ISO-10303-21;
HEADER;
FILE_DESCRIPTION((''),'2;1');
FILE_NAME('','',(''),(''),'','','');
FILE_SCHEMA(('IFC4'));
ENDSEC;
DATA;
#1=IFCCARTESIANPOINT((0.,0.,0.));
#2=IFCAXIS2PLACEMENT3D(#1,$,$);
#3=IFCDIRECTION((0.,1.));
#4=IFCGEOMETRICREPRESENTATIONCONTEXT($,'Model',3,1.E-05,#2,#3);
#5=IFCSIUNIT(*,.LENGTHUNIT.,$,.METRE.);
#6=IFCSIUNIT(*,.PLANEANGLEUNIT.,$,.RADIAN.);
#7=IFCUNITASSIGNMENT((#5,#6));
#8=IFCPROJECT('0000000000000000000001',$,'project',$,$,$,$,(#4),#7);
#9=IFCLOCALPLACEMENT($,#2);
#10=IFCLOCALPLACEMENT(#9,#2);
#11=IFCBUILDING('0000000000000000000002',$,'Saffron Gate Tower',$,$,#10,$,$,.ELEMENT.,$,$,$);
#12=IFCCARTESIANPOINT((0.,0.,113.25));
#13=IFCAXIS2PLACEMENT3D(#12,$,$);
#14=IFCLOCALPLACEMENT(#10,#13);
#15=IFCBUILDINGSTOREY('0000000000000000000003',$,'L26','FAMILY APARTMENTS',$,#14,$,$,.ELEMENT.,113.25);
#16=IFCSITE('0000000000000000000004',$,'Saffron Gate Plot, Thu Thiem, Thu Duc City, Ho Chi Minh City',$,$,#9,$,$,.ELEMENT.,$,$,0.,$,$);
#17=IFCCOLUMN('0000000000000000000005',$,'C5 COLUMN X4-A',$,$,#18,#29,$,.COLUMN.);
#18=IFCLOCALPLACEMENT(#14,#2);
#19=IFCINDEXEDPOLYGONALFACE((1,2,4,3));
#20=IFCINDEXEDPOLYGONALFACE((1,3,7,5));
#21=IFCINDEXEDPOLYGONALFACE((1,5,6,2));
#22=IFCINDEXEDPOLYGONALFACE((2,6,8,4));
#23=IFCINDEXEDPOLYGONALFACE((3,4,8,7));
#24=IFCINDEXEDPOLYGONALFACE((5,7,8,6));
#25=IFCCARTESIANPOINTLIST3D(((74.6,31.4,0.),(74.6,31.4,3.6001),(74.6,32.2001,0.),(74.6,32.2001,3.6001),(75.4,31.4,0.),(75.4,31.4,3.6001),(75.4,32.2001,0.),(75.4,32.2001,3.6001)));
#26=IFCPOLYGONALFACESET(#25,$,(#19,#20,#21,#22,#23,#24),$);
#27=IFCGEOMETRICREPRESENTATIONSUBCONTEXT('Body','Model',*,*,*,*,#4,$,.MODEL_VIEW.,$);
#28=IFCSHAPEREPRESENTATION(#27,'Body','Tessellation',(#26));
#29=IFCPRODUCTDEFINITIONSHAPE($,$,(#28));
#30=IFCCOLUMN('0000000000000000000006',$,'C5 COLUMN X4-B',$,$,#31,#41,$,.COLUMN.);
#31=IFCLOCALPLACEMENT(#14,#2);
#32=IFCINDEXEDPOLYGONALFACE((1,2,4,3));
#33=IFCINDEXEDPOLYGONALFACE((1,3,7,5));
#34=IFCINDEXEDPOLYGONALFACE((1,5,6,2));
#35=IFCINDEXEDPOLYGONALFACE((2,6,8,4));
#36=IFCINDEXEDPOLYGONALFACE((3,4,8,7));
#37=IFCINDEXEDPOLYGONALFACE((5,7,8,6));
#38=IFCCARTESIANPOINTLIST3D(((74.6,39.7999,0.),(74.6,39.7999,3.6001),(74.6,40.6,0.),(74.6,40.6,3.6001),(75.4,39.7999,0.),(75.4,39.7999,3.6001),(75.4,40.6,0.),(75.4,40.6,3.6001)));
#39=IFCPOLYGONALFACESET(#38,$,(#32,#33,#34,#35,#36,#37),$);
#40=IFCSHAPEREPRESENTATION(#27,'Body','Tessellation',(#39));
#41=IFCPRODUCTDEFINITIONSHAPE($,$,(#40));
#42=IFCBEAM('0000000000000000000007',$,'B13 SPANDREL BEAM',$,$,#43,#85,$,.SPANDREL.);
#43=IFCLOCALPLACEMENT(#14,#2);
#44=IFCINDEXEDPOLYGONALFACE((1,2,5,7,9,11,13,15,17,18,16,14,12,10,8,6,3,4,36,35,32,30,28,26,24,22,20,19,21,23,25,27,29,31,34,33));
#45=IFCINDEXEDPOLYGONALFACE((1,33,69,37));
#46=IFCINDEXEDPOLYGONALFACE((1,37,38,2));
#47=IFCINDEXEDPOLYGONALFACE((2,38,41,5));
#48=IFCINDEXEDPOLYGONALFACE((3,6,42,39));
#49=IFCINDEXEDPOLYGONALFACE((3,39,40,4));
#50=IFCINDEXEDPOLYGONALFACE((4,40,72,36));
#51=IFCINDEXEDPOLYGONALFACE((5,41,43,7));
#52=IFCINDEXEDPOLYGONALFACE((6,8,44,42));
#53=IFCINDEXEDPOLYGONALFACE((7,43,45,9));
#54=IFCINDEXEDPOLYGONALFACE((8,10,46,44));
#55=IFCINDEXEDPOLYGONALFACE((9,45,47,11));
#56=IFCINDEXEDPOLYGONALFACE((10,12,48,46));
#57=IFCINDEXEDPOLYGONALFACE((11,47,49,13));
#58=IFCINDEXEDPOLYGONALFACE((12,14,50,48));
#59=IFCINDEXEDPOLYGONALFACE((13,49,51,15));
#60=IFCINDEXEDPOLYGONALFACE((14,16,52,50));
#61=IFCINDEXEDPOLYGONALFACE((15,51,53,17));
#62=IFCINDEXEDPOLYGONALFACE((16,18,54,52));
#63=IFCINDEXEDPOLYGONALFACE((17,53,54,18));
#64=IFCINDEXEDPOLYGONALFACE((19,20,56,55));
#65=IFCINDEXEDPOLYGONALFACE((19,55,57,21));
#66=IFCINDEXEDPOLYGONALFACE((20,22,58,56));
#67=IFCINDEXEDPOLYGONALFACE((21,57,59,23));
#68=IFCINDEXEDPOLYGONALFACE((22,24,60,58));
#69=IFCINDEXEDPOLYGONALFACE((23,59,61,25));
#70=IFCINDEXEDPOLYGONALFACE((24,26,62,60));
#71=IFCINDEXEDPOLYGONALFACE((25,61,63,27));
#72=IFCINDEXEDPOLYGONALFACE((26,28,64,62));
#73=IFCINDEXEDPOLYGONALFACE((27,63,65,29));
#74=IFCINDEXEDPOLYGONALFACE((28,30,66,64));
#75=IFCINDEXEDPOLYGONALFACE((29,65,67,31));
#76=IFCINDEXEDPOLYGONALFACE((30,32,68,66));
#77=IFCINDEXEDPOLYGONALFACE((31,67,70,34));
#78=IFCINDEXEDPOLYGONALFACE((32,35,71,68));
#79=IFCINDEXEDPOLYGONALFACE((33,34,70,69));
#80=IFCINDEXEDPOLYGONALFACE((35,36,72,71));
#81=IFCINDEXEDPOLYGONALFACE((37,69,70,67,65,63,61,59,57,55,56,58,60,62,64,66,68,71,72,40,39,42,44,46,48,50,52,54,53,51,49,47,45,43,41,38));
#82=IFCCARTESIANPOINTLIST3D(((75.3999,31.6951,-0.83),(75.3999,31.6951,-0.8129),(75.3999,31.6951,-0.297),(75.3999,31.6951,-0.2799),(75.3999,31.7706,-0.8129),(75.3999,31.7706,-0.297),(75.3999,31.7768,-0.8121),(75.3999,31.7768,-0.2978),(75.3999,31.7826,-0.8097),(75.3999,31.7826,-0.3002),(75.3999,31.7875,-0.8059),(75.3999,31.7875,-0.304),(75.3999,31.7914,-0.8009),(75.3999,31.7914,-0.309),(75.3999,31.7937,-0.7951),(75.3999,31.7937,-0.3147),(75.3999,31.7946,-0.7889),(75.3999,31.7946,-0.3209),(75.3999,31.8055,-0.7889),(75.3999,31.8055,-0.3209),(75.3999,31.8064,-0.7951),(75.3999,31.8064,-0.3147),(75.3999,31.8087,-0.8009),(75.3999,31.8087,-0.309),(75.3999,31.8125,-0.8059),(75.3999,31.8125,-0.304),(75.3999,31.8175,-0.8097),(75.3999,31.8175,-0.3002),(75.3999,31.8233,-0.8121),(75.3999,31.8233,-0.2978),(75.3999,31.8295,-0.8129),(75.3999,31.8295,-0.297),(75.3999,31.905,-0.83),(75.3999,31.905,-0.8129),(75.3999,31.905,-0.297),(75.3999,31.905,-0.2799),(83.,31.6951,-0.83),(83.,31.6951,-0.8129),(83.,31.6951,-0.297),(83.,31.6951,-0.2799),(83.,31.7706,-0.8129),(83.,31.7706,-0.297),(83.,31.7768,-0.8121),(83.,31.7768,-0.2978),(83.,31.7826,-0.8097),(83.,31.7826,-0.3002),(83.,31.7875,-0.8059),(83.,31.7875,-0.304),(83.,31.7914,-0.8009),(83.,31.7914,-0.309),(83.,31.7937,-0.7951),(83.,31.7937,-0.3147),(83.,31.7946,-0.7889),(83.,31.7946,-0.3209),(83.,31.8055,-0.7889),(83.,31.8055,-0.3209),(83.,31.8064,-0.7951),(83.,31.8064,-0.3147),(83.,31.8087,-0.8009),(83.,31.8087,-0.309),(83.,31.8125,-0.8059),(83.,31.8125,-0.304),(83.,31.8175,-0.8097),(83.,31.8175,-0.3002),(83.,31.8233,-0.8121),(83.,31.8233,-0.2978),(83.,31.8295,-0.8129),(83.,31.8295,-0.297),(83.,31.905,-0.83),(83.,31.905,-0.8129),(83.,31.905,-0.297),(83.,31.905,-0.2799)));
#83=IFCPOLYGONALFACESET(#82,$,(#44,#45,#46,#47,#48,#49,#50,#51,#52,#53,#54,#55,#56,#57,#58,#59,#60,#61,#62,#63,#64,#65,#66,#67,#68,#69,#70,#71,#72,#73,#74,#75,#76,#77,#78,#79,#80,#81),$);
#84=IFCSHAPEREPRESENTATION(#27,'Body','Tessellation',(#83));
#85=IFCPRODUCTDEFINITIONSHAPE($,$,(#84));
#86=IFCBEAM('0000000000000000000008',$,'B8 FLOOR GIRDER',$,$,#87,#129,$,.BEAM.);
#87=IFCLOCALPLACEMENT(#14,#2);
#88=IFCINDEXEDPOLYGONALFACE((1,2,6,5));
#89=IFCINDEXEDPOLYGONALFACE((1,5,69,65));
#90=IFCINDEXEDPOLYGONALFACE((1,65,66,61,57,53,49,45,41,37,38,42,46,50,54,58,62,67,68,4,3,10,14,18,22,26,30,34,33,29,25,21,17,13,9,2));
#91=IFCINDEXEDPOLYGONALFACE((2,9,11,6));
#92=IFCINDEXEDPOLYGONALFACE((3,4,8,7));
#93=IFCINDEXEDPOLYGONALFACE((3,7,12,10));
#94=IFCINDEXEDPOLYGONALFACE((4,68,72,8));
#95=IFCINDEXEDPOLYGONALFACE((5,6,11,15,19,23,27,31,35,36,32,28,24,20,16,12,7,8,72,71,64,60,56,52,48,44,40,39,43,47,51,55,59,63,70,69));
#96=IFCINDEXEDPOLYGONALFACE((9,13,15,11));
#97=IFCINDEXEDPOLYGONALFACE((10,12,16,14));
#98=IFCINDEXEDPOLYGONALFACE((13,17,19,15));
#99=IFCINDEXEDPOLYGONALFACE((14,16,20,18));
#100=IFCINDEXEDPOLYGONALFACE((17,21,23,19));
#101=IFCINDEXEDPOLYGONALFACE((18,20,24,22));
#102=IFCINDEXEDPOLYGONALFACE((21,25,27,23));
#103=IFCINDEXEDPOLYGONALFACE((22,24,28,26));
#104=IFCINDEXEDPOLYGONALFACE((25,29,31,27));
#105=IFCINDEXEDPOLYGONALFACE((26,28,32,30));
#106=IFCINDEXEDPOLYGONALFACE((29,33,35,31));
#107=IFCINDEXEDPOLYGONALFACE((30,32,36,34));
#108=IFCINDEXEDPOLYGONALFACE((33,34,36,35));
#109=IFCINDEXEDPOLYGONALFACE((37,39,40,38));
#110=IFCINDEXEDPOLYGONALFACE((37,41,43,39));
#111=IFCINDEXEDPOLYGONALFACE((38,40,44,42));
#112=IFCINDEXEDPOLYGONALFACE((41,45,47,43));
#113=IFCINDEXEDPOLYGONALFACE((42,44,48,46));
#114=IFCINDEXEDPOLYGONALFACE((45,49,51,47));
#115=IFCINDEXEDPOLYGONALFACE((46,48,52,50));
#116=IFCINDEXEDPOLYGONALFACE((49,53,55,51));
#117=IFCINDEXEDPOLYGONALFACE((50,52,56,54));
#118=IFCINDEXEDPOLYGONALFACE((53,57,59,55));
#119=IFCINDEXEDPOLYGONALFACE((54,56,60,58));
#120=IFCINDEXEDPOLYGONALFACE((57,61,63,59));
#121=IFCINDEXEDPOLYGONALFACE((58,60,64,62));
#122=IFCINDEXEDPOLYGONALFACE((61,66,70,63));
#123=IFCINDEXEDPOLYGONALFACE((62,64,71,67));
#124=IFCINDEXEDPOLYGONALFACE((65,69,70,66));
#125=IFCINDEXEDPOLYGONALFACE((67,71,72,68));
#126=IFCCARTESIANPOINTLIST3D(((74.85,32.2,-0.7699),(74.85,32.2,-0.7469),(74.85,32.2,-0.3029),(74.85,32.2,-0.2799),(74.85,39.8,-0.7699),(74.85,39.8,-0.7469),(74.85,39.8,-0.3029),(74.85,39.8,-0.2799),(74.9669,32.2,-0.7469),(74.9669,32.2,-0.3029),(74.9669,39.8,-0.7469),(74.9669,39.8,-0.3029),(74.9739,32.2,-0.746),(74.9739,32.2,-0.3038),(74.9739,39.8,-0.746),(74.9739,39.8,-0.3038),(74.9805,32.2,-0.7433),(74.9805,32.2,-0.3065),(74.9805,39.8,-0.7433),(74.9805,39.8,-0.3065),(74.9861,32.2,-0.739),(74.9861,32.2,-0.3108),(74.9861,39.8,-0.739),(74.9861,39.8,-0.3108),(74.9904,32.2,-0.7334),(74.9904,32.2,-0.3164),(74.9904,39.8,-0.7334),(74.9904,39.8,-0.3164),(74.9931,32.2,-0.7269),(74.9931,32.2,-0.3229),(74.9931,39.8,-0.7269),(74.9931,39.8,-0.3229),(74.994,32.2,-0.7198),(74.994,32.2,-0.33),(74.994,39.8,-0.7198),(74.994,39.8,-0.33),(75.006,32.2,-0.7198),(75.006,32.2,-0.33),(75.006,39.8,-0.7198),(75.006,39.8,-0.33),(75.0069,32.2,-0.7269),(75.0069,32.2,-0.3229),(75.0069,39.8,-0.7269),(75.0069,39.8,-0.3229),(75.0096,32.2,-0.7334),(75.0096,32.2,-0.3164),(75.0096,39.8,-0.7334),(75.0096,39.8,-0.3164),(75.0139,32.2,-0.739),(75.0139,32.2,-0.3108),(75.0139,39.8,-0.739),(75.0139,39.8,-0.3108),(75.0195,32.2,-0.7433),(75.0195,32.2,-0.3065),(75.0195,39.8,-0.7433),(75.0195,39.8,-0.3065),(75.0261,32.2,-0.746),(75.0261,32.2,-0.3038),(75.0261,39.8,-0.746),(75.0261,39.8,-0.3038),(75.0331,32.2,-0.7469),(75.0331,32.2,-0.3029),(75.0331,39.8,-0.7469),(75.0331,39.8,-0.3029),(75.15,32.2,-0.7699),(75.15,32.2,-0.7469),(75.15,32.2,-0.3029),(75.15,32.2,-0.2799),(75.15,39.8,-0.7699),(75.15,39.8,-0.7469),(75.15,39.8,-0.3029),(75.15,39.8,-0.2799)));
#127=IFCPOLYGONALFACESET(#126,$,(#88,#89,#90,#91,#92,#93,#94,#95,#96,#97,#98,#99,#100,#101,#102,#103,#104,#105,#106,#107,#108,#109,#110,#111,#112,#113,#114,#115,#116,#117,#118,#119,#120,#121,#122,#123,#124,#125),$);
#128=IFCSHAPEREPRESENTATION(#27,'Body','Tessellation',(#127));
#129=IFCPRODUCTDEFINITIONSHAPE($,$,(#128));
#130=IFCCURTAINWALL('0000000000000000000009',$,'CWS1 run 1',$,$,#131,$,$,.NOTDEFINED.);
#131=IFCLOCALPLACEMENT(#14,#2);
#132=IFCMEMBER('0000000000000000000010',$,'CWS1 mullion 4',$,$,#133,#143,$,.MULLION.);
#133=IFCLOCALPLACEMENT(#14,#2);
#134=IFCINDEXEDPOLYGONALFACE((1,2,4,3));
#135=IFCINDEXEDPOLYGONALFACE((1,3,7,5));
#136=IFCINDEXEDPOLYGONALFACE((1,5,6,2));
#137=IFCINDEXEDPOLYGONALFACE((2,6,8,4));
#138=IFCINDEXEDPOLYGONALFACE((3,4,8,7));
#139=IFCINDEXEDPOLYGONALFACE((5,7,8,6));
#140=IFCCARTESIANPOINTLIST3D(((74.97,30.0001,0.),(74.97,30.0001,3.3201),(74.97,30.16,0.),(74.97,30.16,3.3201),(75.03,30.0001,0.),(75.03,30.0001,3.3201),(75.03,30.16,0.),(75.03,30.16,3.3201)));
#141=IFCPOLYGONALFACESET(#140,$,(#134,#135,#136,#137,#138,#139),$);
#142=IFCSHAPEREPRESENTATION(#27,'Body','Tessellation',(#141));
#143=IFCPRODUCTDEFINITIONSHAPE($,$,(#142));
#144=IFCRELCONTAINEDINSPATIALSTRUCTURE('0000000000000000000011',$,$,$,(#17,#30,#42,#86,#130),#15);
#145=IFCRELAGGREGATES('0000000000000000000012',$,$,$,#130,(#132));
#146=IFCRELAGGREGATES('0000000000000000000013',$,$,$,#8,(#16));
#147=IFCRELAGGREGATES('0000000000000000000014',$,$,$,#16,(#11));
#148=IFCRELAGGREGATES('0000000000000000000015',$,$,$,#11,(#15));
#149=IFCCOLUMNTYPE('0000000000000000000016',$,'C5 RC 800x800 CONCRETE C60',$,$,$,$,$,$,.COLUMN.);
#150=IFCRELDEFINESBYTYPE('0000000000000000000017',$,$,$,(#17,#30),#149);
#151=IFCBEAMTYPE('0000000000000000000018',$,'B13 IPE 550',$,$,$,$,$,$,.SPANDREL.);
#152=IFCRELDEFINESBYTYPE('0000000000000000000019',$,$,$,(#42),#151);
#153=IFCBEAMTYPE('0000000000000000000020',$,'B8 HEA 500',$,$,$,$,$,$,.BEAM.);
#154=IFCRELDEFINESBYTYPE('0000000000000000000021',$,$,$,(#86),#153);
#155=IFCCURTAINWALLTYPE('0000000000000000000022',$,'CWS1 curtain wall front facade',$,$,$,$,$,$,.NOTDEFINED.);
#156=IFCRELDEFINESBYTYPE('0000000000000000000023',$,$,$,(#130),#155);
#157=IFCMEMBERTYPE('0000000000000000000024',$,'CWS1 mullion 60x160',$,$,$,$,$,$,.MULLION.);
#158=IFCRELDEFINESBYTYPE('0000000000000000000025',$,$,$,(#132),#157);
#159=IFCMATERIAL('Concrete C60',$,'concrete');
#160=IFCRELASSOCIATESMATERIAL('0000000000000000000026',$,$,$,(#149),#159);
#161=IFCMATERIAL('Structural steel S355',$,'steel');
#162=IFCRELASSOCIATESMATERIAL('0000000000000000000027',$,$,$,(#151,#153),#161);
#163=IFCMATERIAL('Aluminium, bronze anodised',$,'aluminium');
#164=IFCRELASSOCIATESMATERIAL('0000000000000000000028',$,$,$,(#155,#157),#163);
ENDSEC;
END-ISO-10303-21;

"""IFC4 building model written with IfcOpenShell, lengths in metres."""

from ifc_helpers import new_model, si_unit, direction, frame, origin, origin_2d, place, context, subcontext, project, spatial, rectangle, i_section, extrude, material, material_profile, profile_set, type_object, element, aggregate, save


model = new_model("IFC4")

# Units and contexts
model_context = context("Model", 3, precision=1e-05, world=origin(), true_north=direction((0.0, 1.0)))
body_context = subcontext(model_context, "Body", "Model", "MODEL_VIEW")
ifc_project = project(units=[si_unit("LENGTHUNIT", "METRE"), si_unit("PLANEANGLEUNIT", "RADIAN")], contexts=[model_context])

# Site, building, storey
site_placement = place(None, origin())
site = spatial("IfcSite", under=ifc_project, at=site_placement, Name="Saffron Gate Plot, Thu Thiem, Thu Duc City, Ho Chi Minh City", CompositionType="ELEMENT", RefElevation=0.0)
building_placement = place(site_placement, origin())
building = spatial("IfcBuilding", under=site, at=building_placement, Name="Saffron Gate Tower", CompositionType="ELEMENT")
storey_placement = place(building_placement, frame((0.0, 0.0, 113.25)))
storey = spatial("IfcBuildingStorey", under=building, at=storey_placement, Name="L26", Description="FAMILY APARTMENTS", CompositionType="ELEMENT", Elevation=113.25)

# Columns
ifc_material_1 = material(Name="Concrete C60", Category="concrete")
ifc_material_profile_1 = material_profile(ifc_material_1, rectangle(XDim=0.8, YDim=0.8, at=origin_2d()))
ifc_profile_set_1 = profile_set([ifc_material_profile_1], Name="Concrete C60")
column_type = type_object("IfcColumnType", Name="C5 RC 800x800 CONCRETE C60", PredefinedType="COLUMN", material=ifc_profile_set_1)
for number, where, z_axis, x_axis, name in (
    (1, (75.0, 31.8, 0.0), (0.0, 0.0, 1.0), (1.0, 0.0, 0.0), "C5 COLUMN X4-A"),
    (2, (75.0, 40.2, 0.0), (0.0, 0.0, 1.0), (1.0, 0.0, 0.0), "C5 COLUMN X4-B"),
):
    element("IfcColumn", number, at=place(storey_placement, frame(where, z_axis=z_axis, x_axis=x_axis)), inside=storey, type_object=column_type, Name=name, PredefinedType="COLUMN", context=body_context, shape_type="SweptSolid", body=[
        extrude(rectangle(XDim=0.8, YDim=0.8, at=origin_2d()), origin(), (0.0, 0.0, 1.0), 3.6001),
    ])

# Beams
ifc_material_2 = material(Name="Structural steel S355", Category="steel")
ifc_material_profile_2 = material_profile(ifc_material_2, i_section(OverallWidth=0.21, OverallDepth=0.55, WebThickness=0.011, FlangeThickness=0.0171, FilletRadius=0.0239, at=origin_2d()))
ifc_profile_set_2 = profile_set([ifc_material_profile_2], Name="Structural steel S355")
beam_type_1 = type_object("IfcBeamType", Name="B13 IPE 550", PredefinedType="SPANDREL", material=ifc_profile_set_2)
beam_1_placement = place(storey_placement, frame((75.3999, 31.8, -0.5549), z_axis=(1.0, 0.0, 0.0), x_axis=(0.0, 1.0, 0.0)))
element("IfcBeam", 3, at=beam_1_placement, inside=storey, type_object=beam_type_1, Name="B13 SPANDREL BEAM", PredefinedType="SPANDREL", context=body_context, shape_type="SweptSolid", body=[
    extrude(i_section(OverallWidth=0.21, OverallDepth=0.55, WebThickness=0.011, FlangeThickness=0.0171, FilletRadius=0.0239, at=origin_2d()), origin(), (0.0, 0.0, 1.0), 7.6001),
])
ifc_material_profile_3 = material_profile(ifc_material_2, i_section(OverallWidth=0.3, OverallDepth=0.49, WebThickness=0.012, FlangeThickness=0.0229, FilletRadius=0.0271, at=origin_2d()))
ifc_profile_set_3 = profile_set([ifc_material_profile_3], Name="Structural steel S355")
beam_type_2 = type_object("IfcBeamType", Name="B8 HEA 500", PredefinedType="BEAM", material=ifc_profile_set_3)
beam_2_placement = place(storey_placement, frame((75.0, 32.2, -0.5249), z_axis=(0.0, 1.0, 0.0), x_axis=(-1.0, 0.0, 0.0)))
element("IfcBeam", 4, at=beam_2_placement, inside=storey, type_object=beam_type_2, Name="B8 FLOOR GIRDER", PredefinedType="BEAM", context=body_context, shape_type="SweptSolid", body=[
    extrude(i_section(OverallWidth=0.3, OverallDepth=0.49, WebThickness=0.012, FlangeThickness=0.0229, FilletRadius=0.0271, at=origin_2d()), origin(), (0.0, 0.0, 1.0), 7.6001),
])

# Curtain wall, member
ifc_material_3 = material(Name="Aluminium, bronze anodised", Category="aluminium")
curtain_wall_type = type_object("IfcCurtainWallType", Name="CWS1 curtain wall front facade", PredefinedType="NOTDEFINED", material=ifc_material_3)
curtain_wall_placement = place(storey_placement, origin())
curtain_wall = element("IfcCurtainWall", 5, at=curtain_wall_placement, inside=storey, type_object=curtain_wall_type, Name="CWS1 run 1", PredefinedType="NOTDEFINED")
ifc_material_profile_4 = material_profile(ifc_material_3, rectangle(XDim=0.1599, YDim=0.0601, at=origin_2d()))
ifc_profile_set_4 = profile_set([ifc_material_profile_4], Name="Aluminium, bronze anodised")
member_type = type_object("IfcMemberType", Name="CWS1 mullion 60x160", PredefinedType="MULLION", material=ifc_profile_set_4)
member_placement = place(storey_placement, frame((75.0, 30.0801, 0.0), z_axis=(0.0, 0.0, 1.0), x_axis=(0.0, 1.0, 0.0)))
member = element("IfcMember", 6, at=member_placement, type_object=member_type, Name="CWS1 mullion 4", PredefinedType="MULLION", context=body_context, shape_type="SweptSolid", body=[
    extrude(rectangle(XDim=0.1599, YDim=0.0601, at=origin_2d()), origin(), (0.0, 0.0, 1.0), 3.3201),
])
aggregate(curtain_wall, [member])

save(model, "model.ifc")
